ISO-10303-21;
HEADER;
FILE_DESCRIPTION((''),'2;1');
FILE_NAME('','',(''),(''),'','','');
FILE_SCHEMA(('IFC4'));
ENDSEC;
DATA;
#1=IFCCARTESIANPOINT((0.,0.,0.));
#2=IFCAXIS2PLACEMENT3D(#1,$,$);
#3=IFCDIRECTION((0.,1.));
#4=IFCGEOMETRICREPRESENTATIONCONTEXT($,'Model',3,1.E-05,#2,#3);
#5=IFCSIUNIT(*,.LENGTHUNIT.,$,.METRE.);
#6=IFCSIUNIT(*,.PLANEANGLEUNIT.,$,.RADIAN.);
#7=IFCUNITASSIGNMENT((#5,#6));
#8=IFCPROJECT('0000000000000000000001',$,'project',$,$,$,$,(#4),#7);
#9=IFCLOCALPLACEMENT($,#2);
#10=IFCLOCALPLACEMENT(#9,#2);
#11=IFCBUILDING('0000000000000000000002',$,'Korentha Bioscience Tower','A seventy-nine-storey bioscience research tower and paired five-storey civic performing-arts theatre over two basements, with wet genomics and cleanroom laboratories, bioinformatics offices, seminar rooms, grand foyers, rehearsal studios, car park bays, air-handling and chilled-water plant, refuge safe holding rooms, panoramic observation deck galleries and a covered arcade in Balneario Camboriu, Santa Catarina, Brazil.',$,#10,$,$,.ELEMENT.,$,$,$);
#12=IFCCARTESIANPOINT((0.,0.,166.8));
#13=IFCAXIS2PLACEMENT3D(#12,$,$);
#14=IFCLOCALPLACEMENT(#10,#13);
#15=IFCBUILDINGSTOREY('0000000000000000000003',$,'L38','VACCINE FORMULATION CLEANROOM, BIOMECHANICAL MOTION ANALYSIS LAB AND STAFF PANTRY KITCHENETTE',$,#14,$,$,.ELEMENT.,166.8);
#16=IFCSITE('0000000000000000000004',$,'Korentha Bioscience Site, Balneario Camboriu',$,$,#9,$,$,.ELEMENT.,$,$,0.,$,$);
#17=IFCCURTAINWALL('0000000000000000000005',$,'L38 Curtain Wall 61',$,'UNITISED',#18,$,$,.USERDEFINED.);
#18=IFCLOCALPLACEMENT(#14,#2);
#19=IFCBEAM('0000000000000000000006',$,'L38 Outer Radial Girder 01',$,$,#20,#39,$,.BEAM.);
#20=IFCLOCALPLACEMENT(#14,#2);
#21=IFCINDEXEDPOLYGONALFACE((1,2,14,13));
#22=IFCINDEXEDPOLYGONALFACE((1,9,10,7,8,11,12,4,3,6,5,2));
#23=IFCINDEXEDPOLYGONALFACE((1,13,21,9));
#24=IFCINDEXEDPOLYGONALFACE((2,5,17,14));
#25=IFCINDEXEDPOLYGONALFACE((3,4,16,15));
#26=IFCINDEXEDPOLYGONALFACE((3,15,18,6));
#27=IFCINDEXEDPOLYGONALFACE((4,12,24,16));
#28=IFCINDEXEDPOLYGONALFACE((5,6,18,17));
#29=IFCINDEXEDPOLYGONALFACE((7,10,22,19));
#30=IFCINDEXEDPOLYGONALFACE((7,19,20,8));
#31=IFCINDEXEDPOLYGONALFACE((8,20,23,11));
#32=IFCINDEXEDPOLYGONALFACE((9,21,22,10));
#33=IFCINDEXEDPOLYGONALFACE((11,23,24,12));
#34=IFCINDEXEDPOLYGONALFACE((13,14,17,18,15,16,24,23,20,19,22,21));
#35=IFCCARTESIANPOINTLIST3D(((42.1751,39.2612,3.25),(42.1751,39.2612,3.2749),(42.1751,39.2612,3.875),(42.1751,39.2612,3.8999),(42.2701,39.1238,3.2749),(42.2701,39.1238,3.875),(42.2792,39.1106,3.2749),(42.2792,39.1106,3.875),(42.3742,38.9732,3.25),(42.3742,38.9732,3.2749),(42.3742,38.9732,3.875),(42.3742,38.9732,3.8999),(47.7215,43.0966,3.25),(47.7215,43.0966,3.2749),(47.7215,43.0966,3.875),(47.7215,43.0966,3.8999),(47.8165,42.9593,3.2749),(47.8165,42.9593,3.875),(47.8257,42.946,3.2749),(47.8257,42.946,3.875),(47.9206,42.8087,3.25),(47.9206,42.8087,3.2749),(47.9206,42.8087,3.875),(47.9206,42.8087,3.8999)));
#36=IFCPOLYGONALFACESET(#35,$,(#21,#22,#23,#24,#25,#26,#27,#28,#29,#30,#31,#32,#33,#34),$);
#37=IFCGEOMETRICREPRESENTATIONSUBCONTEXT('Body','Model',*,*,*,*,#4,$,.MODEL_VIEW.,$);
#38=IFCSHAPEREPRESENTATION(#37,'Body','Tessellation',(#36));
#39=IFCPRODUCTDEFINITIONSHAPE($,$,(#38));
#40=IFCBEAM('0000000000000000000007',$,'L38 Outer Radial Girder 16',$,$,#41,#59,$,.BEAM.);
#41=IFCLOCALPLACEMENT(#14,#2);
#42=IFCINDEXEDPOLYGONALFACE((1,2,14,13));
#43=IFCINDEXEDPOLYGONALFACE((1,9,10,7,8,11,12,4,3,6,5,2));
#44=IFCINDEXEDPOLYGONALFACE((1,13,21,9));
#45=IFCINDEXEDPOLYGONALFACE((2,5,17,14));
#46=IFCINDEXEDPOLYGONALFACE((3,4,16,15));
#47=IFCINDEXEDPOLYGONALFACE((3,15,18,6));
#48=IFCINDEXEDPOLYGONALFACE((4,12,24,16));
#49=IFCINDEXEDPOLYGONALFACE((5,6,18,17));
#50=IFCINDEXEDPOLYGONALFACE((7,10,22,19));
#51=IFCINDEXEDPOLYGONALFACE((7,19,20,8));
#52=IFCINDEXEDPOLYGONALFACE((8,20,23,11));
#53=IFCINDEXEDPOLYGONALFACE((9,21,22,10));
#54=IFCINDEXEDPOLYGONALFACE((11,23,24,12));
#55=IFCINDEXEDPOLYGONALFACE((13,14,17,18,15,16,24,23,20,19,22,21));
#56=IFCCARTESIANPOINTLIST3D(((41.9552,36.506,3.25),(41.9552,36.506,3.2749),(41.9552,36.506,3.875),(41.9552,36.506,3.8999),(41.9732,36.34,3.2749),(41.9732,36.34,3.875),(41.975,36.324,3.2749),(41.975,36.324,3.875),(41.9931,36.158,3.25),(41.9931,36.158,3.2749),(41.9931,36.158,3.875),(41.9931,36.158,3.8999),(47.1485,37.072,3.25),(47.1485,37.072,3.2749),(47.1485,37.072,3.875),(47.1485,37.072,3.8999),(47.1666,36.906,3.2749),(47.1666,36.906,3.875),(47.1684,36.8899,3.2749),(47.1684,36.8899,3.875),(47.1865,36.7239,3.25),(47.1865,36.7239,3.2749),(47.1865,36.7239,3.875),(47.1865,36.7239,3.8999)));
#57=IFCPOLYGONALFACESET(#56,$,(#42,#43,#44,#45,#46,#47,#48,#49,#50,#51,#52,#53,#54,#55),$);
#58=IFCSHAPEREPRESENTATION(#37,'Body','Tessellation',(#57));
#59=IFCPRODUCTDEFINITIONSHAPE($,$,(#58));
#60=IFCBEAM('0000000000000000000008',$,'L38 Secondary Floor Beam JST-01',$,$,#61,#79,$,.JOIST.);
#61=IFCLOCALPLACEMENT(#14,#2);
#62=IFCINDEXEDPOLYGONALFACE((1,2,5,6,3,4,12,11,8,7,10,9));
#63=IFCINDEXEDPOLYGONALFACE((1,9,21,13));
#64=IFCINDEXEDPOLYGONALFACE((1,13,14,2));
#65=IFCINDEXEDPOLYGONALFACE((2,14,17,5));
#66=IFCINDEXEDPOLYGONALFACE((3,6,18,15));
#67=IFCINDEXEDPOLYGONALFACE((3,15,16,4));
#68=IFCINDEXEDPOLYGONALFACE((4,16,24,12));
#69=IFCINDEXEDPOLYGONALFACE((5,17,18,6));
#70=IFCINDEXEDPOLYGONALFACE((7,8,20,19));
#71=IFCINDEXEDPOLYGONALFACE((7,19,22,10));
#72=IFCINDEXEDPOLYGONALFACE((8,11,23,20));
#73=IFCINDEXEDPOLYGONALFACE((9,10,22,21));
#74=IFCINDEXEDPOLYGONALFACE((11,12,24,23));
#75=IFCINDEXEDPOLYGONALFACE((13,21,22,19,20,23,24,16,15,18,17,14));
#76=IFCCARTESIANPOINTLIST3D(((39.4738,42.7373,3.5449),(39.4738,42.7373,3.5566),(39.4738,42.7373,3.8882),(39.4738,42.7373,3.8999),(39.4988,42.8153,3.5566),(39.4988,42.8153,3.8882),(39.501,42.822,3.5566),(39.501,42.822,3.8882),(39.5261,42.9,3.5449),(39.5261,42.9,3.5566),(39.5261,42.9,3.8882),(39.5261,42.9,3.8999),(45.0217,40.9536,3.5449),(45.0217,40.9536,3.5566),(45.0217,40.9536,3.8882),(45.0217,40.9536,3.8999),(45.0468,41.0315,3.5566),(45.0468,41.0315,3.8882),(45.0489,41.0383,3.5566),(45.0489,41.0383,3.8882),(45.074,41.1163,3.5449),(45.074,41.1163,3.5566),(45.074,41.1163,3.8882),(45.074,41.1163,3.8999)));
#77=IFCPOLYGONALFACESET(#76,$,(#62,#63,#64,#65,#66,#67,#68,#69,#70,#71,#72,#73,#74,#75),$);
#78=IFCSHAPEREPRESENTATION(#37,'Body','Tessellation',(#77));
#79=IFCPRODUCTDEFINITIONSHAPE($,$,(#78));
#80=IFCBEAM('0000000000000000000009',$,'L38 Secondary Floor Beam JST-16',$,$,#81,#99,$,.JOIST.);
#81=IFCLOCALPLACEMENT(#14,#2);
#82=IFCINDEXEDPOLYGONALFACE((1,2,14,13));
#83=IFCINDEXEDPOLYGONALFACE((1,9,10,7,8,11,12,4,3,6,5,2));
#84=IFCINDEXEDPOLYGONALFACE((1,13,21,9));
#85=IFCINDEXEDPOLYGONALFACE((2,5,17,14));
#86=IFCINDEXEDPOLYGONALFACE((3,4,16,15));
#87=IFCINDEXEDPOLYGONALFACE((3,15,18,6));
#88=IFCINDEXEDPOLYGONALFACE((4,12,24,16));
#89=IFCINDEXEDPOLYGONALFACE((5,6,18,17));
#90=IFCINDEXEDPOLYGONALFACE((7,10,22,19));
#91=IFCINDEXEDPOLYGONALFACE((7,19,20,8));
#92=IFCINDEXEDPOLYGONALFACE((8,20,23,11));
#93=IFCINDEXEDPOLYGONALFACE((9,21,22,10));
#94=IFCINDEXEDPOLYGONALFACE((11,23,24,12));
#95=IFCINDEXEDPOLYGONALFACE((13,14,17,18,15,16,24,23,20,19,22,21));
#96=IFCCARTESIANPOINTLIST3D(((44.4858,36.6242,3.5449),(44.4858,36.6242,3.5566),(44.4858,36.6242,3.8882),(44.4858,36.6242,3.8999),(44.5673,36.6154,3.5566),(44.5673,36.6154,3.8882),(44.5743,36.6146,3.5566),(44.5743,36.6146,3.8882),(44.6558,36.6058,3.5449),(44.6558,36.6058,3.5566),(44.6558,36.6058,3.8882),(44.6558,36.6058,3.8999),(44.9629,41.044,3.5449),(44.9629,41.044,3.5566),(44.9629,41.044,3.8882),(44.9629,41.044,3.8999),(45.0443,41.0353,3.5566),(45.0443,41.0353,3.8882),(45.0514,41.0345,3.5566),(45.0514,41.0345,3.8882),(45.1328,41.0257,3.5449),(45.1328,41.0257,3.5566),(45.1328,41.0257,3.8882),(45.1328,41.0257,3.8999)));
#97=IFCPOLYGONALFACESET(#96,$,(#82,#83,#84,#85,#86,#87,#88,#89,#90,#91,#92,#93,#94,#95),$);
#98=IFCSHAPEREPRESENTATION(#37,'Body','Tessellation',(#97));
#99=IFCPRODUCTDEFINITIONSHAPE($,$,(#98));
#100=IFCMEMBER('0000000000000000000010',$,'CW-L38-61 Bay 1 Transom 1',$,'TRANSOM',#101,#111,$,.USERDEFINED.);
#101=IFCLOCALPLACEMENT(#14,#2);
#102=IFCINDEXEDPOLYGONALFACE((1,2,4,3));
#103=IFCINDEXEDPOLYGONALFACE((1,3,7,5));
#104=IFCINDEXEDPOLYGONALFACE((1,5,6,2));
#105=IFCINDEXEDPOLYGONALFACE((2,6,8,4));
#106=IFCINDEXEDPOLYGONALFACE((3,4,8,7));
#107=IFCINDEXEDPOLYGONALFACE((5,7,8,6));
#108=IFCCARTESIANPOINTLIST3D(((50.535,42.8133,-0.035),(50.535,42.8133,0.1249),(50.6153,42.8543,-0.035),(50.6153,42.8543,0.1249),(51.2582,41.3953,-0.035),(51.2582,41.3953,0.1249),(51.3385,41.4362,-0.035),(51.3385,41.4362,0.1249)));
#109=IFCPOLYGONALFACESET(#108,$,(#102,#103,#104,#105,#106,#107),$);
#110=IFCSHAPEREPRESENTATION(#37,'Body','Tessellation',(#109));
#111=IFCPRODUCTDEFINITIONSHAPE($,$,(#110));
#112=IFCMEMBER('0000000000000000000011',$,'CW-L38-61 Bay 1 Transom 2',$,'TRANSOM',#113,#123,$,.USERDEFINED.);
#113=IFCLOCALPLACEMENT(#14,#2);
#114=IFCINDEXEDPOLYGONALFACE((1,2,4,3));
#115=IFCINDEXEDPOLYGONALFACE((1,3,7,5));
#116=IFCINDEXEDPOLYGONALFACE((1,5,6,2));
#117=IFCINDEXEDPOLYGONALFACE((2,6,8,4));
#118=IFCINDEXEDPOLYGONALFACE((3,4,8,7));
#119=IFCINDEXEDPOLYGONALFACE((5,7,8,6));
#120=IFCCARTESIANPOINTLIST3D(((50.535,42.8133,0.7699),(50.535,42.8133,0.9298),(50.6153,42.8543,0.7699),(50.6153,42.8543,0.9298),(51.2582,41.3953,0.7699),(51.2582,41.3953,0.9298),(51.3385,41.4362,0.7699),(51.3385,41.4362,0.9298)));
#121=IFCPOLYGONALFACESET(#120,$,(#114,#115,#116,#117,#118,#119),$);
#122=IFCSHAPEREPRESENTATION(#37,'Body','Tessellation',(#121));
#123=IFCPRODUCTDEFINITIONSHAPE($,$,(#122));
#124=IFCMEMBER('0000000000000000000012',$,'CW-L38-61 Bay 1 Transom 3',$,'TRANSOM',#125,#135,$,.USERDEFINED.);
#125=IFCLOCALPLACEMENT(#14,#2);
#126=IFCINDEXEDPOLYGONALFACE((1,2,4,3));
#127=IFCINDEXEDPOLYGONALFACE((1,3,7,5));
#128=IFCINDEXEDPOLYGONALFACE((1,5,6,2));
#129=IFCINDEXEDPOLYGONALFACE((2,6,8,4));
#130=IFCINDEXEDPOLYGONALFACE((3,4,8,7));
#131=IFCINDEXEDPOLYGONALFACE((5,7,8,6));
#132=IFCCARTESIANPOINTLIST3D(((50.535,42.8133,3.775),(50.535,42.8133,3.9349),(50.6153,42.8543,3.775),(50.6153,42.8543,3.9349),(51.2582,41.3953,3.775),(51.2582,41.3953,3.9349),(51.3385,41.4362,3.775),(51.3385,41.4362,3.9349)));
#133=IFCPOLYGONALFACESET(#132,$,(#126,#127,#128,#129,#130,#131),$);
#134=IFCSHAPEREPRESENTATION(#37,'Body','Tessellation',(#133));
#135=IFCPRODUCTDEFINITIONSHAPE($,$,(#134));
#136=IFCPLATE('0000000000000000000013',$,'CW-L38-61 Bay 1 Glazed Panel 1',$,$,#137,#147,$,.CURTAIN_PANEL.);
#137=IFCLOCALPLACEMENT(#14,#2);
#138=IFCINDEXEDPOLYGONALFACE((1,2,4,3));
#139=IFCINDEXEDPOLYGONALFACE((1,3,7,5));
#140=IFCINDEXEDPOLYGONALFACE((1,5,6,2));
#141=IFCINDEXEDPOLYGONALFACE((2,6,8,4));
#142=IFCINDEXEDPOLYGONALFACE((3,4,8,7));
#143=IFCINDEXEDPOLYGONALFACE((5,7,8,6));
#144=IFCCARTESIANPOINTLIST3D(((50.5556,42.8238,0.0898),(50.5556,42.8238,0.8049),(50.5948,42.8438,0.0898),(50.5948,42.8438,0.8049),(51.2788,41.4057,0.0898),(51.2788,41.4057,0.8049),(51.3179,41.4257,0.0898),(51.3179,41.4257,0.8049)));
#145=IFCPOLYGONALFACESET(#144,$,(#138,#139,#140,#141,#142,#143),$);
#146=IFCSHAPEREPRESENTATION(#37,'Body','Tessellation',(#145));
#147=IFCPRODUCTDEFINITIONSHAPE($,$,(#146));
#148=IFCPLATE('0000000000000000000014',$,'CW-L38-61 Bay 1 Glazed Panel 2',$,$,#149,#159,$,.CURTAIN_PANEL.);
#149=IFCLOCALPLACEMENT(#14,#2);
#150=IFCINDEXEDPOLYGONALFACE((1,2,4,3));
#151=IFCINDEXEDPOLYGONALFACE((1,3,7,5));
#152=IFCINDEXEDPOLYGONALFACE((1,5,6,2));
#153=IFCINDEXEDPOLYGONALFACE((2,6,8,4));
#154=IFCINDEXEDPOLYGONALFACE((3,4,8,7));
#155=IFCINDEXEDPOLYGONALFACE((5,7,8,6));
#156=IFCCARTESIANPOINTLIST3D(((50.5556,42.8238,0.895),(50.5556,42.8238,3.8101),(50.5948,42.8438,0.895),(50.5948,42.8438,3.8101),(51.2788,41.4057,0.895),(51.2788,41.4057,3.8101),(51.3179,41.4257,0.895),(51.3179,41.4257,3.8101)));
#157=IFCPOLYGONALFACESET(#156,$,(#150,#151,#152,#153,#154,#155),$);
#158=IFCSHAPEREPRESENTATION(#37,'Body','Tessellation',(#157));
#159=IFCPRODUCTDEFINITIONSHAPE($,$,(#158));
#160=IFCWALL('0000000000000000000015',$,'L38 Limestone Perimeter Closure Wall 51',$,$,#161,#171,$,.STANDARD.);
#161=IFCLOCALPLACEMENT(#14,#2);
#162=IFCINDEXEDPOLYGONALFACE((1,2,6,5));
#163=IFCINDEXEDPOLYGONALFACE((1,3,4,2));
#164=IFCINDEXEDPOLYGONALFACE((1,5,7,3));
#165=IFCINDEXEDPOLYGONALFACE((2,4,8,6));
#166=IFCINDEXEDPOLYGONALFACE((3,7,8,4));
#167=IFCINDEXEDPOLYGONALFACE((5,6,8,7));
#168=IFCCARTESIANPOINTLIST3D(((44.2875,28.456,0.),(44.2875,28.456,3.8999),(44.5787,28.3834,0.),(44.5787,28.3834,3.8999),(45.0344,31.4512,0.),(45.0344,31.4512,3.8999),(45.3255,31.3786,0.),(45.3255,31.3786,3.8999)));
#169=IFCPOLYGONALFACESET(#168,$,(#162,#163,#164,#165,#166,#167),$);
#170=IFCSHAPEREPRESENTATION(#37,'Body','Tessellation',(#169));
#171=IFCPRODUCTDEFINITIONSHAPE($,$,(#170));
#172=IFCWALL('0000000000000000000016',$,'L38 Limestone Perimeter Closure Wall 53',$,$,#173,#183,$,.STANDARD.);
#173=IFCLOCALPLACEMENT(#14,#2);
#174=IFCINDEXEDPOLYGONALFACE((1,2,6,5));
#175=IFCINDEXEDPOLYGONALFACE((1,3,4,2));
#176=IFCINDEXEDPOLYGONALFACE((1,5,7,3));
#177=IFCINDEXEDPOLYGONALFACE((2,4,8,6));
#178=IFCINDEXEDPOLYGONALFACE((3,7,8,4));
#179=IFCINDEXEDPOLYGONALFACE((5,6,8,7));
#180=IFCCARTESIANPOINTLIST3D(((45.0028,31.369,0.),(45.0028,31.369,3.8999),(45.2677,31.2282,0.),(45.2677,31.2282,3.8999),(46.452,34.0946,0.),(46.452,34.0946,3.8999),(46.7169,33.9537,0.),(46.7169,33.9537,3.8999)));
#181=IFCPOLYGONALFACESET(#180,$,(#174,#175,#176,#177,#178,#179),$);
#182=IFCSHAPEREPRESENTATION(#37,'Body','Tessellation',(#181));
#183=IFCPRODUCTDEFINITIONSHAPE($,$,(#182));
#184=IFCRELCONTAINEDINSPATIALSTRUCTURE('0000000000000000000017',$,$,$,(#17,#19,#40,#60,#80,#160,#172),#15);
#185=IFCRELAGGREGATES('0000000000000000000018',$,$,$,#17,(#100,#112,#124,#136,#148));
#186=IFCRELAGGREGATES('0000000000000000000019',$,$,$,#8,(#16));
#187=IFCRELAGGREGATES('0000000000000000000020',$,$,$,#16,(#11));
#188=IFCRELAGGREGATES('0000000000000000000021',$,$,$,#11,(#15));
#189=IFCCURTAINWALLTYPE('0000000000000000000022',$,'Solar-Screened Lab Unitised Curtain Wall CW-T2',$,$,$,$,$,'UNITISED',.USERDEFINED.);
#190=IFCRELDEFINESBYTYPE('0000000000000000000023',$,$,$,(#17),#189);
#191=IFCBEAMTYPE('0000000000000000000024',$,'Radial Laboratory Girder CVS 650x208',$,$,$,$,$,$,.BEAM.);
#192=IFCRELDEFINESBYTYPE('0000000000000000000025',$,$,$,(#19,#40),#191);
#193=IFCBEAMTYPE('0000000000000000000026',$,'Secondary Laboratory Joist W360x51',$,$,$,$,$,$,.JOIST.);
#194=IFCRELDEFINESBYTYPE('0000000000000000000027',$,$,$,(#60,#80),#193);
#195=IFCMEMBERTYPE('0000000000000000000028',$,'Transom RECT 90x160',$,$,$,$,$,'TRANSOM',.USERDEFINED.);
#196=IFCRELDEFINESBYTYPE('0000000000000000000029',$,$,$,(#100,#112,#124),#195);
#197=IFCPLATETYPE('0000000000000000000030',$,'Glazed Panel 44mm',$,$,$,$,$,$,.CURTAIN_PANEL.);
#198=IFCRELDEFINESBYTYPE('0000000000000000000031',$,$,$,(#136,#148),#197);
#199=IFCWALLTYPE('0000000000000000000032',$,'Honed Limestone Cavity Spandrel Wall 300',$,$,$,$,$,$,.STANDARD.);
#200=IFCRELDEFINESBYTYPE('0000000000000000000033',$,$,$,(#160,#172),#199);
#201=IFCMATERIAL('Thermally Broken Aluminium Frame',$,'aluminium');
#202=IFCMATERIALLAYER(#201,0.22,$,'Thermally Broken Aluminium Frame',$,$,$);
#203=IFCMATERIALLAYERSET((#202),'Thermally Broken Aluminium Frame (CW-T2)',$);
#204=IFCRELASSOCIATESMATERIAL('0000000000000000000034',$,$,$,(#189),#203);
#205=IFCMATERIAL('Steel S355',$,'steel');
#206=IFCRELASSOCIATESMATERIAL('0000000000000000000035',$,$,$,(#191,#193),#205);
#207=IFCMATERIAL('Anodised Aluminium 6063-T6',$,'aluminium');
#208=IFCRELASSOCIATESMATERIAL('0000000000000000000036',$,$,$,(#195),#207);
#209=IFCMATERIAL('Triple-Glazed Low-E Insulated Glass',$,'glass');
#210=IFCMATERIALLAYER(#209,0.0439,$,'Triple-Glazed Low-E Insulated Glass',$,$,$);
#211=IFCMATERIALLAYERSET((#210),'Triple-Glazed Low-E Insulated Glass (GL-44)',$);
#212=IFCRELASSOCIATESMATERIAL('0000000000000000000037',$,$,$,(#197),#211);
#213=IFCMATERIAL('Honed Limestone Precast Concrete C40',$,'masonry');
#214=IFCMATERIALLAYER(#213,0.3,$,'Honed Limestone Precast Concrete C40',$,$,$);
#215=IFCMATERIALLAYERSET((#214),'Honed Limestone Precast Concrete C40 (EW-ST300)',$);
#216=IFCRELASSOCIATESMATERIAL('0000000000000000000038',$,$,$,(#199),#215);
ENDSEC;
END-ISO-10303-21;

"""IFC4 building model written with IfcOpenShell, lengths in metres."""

from ifc_helpers import new_model, si_unit, direction, frame, frame_2d, origin, origin_2d, place, context, subcontext, project, spatial, rectangle, i_section, extrude, material, layer, layer_set, material_profile, profile_set, type_object, element, aggregate, save


model = new_model("IFC4")

# Units and contexts
model_context = context("Model", 3, precision=1e-05, world=origin(), true_north=direction((0.0, 1.0)))
body_context = subcontext(model_context, "Body", "Model", "MODEL_VIEW")
ifc_project = project(units=[si_unit("LENGTHUNIT", "METRE"), si_unit("PLANEANGLEUNIT", "RADIAN")], contexts=[model_context])

# Site, building, storey
site_placement = place(None, origin())
site = spatial("IfcSite", under=ifc_project, at=site_placement, Name="Korentha Bioscience Site, Balneario Camboriu", CompositionType="ELEMENT", RefElevation=0.0)
building_placement = place(site_placement, origin())
building = spatial("IfcBuilding", under=site, at=building_placement, Name="Korentha Bioscience Tower", Description="A seventy-nine-storey bioscience research tower and paired five-storey civic performing-arts theatre over two basements, with wet genomics and cleanroom laboratories, bioinformatics offices, seminar rooms, grand foyers, rehearsal studios, car park bays, air-handling and chilled-water plant, refuge safe holding rooms, panoramic observation deck galleries and a covered arcade in Balneario Camboriu, Santa Catarina, Brazil.", CompositionType="ELEMENT")
storey_placement = place(building_placement, frame((0.0, 0.0, 166.8)))
storey = spatial("IfcBuildingStorey", under=building, at=storey_placement, Name="L38", Description="VACCINE FORMULATION CLEANROOM, BIOMECHANICAL MOTION ANALYSIS LAB AND STAFF PANTRY KITCHENETTE", CompositionType="ELEMENT", Elevation=166.8)

# Shared definitions
ifc_material_1 = material(Name="Steel S355", Category="steel")

# Curtain wall
ifc_material_2 = material(Name="Thermally Broken Aluminium Frame", Category="aluminium")
ifc_layer_1 = layer(ifc_material_2, 0.22, Name="Thermally Broken Aluminium Frame")
ifc_layer_set_1 = layer_set([ifc_layer_1], Name="Thermally Broken Aluminium Frame (CW-T2)")
curtain_wall_type = type_object("IfcCurtainWallType", Name="Solar-Screened Lab Unitised Curtain Wall CW-T2", ElementType="UNITISED", PredefinedType="USERDEFINED", material=ifc_layer_set_1)
curtain_wall_placement = place(storey_placement, origin())
curtain_wall = element("IfcCurtainWall", 1, at=curtain_wall_placement, inside=storey, type_object=curtain_wall_type, Name="L38 Curtain Wall 61", ObjectType="UNITISED", PredefinedType="USERDEFINED")
ifc_material_3 = material(Name="Anodised Aluminium 6063-T6", Category="aluminium")

# Beams
ifc_material_profile_1 = material_profile(ifc_material_1, i_section(OverallWidth=0.3501, OverallDepth=0.6499, WebThickness=0.0161, FlangeThickness=0.0249, at=origin_2d()), Name="Steel S355")
ifc_profile_set_1 = profile_set([ifc_material_profile_1], Name="Steel S355 (RB-650)")
beam_type_1 = type_object("IfcBeamType", Name="Radial Laboratory Girder CVS 650x208", PredefinedType="BEAM", material=ifc_profile_set_1)
beam_1_placement = place(storey_placement, frame((42.2747, 39.1172, 3.575), z_axis=(0.822494, 0.568773, 0.0), x_axis=(-0.568773, 0.822494, 0.0)))
element("IfcBeam", 2, at=beam_1_placement, inside=storey, type_object=beam_type_1, Name="L38 Outer Radial Girder 01", PredefinedType="BEAM", context=body_context, shape_type="SweptSolid", body=[
    extrude(i_section(OverallWidth=0.3501, OverallDepth=0.6499, WebThickness=0.0161, FlangeThickness=0.0249, at=origin_2d()), origin(), (0.0, 0.0, 1.0), 6.7434),
])
beam_2_placement = place(storey_placement, frame((41.9741, 36.332, 3.575), z_axis=(0.994115, 0.108328, 0.0), x_axis=(-0.108328, 0.994115, 0.0)))
element("IfcBeam", 3, at=beam_2_placement, inside=storey, type_object=beam_type_1, Name="L38 Outer Radial Girder 16", PredefinedType="BEAM", context=body_context, shape_type="SweptSolid", body=[
    extrude(i_section(OverallWidth=0.3501, OverallDepth=0.6499, WebThickness=0.0161, FlangeThickness=0.0249, at=origin_2d()), origin(), (0.0, 0.0, 1.0), 5.2241),
])
ifc_material_profile_2 = material_profile(ifc_material_1, i_section(OverallWidth=0.1709, OverallDepth=0.355, WebThickness=0.0071, FlangeThickness=0.0117, at=origin_2d()), Name="Steel S355")
ifc_profile_set_2 = profile_set([ifc_material_profile_2], Name="Steel S355 (JB-360)")
beam_type_2 = type_object("IfcBeamType", Name="Secondary Laboratory Joist W360x51", PredefinedType="JOIST", material=ifc_profile_set_2)
beam_3_placement = place(storey_placement, frame((45.0479, 41.0349, 3.7224), z_axis=(-0.952006, 0.30608, 0.0), x_axis=(-0.30608, -0.952006, 0.0)))
element("IfcBeam", 4, at=beam_3_placement, inside=storey, type_object=beam_type_2, Name="L38 Secondary Floor Beam JST-01", PredefinedType="JOIST", context=body_context, shape_type="SweptSolid", body=[
    extrude(i_section(OverallWidth=0.1709, OverallDepth=0.355, WebThickness=0.0071, FlangeThickness=0.0117, at=origin_2d()), origin(), (0.0, 0.0, 1.0), 5.8276),
])
beam_4_placement = place(storey_placement, frame((44.5708, 36.615, 3.7224), z_axis=(0.107309, 0.994226, 0.0), x_axis=(-0.994226, 0.107309, 0.0)))
element("IfcBeam", 5, at=beam_4_placement, inside=storey, type_object=beam_type_2, Name="L38 Secondary Floor Beam JST-16", PredefinedType="JOIST", context=body_context, shape_type="SweptSolid", body=[
    extrude(i_section(OverallWidth=0.1709, OverallDepth=0.355, WebThickness=0.0071, FlangeThickness=0.0117, at=origin_2d()), origin(), (0.0, 0.0, 1.0), 4.4456),
])

# Members
ifc_material_profile_3 = material_profile(ifc_material_3, rectangle(XDim=0.0901, YDim=0.1599, at=origin_2d()), Name="Anodised Aluminium 6063-T6")
ifc_profile_set_3 = profile_set([ifc_material_profile_3], Name="Anodised Aluminium 6063-T6 (CW-TRN)")
member_type_1 = type_object("IfcMemberType", Name="Transom RECT 90x160", ElementType="TRANSOM", PredefinedType="USERDEFINED", material=ifc_profile_set_3)
member_1_placement = place(storey_placement, frame((51.2983, 41.4158, 0.0449), z_axis=(-0.454316, 0.89084, 0.0), x_axis=(-0.89084, -0.454316, 0.0)))
member_1 = element("IfcMember", 6, at=member_1_placement, type_object=member_type_1, Name="CW-L38-61 Bay 1 Transom 1", ObjectType="TRANSOM", PredefinedType="USERDEFINED", context=body_context, shape_type="SweptSolid", body=[
    extrude(rectangle(XDim=0.0901, YDim=0.1599, at=origin_2d()), origin(), (0.0, 0.0, 1.0), 1.5918),
])
member_2_placement = place(storey_placement, frame((51.2983, 41.4158, 0.8499), z_axis=(-0.454316, 0.89084, 0.0), x_axis=(-0.89084, -0.454316, 0.0)))
member_2 = element("IfcMember", 7, at=member_2_placement, type_object=member_type_1, Name="CW-L38-61 Bay 1 Transom 2", ObjectType="TRANSOM", PredefinedType="USERDEFINED", context=body_context, shape_type="SweptSolid", body=[
    extrude(rectangle(XDim=0.0901, YDim=0.1599, at=origin_2d()), origin(), (0.0, 0.0, 1.0), 1.5918),
])
member_3_placement = place(storey_placement, frame((51.2983, 41.4158, 3.855), z_axis=(-0.454316, 0.89084, 0.0), x_axis=(-0.89084, -0.454316, 0.0)))
member_3 = element("IfcMember", 8, at=member_3_placement, type_object=member_type_1, Name="CW-L38-61 Bay 1 Transom 3", ObjectType="TRANSOM", PredefinedType="USERDEFINED", context=body_context, shape_type="SweptSolid", body=[
    extrude(rectangle(XDim=0.0901, YDim=0.1599, at=origin_2d()), origin(), (0.0, 0.0, 1.0), 1.5918),
])

# Plates
ifc_material_4 = material(Name="Triple-Glazed Low-E Insulated Glass", Category="glass")
ifc_layer_2 = layer(ifc_material_4, 0.0439, Name="Triple-Glazed Low-E Insulated Glass")
ifc_layer_set_2 = layer_set([ifc_layer_2], Name="Triple-Glazed Low-E Insulated Glass (GL-44)")
plate_type = type_object("IfcPlateType", Name="Glazed Panel 44mm", PredefinedType="CURTAIN_PANEL", material=ifc_layer_set_2)
plate_1_placement = place(storey_placement, frame((50.9368, 42.1248, 0.0898), z_axis=(0.0, 0.0, 1.0), x_axis=(-0.454288, 0.890855, 0.0)))
plate_1 = element("IfcPlate", 9, at=plate_1_placement, type_object=plate_type, Name="CW-L38-61 Bay 1 Glazed Panel 1", PredefinedType="CURTAIN_PANEL", context=body_context, shape_type="SweptSolid", body=[
    extrude(rectangle(XDim=1.5918, YDim=0.0439, at=origin_2d()), origin(), (0.0, 0.0, 1.0), 0.7151),
])
plate_2_placement = place(storey_placement, frame((50.9368, 42.1248, 0.895), z_axis=(0.0, 0.0, 1.0), x_axis=(-0.454288, 0.890855, 0.0)))
plate_2 = element("IfcPlate", 10, at=plate_2_placement, type_object=plate_type, Name="CW-L38-61 Bay 1 Glazed Panel 2", PredefinedType="CURTAIN_PANEL", context=body_context, shape_type="SweptSolid", body=[
    extrude(rectangle(XDim=1.5918, YDim=0.0439, at=origin_2d()), origin(), (0.0, 0.0, 1.0), 2.915),
])
aggregate(curtain_wall, [member_1, member_2, member_3, plate_1, plate_2])

# Walls
ifc_material_5 = material(Name="Honed Limestone Precast Concrete C40", Category="masonry")
ifc_layer_3 = layer(ifc_material_5, 0.3, Name="Honed Limestone Precast Concrete C40")
ifc_layer_set_3 = layer_set([ifc_layer_3], Name="Honed Limestone Precast Concrete C40 (EW-ST300)")
wall_type = type_object("IfcWallType", Name="Honed Limestone Cavity Spandrel Wall 300", PredefinedType="STANDARD", material=ifc_layer_set_3)
for number, where, z_axis, x_axis, name in (
    (11, (44.4331, 28.4197, 0.0), (0.0, 0.0, 1.0), (0.24194, 0.970291, 0.0), "L38 Limestone Perimeter Closure Wall 51"),
    (12, (45.1353, 31.2986, 0.0), (0.0, 0.0, 1.0), (0.469471, 0.882948, 0.0), "L38 Limestone Perimeter Closure Wall 53"),
):
    element("IfcWall", number, at=place(storey_placement, frame(where, z_axis=z_axis, x_axis=x_axis)), inside=storey, type_object=wall_type, Name=name, PredefinedType="STANDARD", context=body_context, shape_type="SweptSolid", body=[
        extrude(rectangle(XDim=3.0869, YDim=0.3, at=frame_2d((1.5435, 0.0))), origin(), (0.0, 0.0, 1.0), 3.8999),
    ])

save(model, "model.ifc")
